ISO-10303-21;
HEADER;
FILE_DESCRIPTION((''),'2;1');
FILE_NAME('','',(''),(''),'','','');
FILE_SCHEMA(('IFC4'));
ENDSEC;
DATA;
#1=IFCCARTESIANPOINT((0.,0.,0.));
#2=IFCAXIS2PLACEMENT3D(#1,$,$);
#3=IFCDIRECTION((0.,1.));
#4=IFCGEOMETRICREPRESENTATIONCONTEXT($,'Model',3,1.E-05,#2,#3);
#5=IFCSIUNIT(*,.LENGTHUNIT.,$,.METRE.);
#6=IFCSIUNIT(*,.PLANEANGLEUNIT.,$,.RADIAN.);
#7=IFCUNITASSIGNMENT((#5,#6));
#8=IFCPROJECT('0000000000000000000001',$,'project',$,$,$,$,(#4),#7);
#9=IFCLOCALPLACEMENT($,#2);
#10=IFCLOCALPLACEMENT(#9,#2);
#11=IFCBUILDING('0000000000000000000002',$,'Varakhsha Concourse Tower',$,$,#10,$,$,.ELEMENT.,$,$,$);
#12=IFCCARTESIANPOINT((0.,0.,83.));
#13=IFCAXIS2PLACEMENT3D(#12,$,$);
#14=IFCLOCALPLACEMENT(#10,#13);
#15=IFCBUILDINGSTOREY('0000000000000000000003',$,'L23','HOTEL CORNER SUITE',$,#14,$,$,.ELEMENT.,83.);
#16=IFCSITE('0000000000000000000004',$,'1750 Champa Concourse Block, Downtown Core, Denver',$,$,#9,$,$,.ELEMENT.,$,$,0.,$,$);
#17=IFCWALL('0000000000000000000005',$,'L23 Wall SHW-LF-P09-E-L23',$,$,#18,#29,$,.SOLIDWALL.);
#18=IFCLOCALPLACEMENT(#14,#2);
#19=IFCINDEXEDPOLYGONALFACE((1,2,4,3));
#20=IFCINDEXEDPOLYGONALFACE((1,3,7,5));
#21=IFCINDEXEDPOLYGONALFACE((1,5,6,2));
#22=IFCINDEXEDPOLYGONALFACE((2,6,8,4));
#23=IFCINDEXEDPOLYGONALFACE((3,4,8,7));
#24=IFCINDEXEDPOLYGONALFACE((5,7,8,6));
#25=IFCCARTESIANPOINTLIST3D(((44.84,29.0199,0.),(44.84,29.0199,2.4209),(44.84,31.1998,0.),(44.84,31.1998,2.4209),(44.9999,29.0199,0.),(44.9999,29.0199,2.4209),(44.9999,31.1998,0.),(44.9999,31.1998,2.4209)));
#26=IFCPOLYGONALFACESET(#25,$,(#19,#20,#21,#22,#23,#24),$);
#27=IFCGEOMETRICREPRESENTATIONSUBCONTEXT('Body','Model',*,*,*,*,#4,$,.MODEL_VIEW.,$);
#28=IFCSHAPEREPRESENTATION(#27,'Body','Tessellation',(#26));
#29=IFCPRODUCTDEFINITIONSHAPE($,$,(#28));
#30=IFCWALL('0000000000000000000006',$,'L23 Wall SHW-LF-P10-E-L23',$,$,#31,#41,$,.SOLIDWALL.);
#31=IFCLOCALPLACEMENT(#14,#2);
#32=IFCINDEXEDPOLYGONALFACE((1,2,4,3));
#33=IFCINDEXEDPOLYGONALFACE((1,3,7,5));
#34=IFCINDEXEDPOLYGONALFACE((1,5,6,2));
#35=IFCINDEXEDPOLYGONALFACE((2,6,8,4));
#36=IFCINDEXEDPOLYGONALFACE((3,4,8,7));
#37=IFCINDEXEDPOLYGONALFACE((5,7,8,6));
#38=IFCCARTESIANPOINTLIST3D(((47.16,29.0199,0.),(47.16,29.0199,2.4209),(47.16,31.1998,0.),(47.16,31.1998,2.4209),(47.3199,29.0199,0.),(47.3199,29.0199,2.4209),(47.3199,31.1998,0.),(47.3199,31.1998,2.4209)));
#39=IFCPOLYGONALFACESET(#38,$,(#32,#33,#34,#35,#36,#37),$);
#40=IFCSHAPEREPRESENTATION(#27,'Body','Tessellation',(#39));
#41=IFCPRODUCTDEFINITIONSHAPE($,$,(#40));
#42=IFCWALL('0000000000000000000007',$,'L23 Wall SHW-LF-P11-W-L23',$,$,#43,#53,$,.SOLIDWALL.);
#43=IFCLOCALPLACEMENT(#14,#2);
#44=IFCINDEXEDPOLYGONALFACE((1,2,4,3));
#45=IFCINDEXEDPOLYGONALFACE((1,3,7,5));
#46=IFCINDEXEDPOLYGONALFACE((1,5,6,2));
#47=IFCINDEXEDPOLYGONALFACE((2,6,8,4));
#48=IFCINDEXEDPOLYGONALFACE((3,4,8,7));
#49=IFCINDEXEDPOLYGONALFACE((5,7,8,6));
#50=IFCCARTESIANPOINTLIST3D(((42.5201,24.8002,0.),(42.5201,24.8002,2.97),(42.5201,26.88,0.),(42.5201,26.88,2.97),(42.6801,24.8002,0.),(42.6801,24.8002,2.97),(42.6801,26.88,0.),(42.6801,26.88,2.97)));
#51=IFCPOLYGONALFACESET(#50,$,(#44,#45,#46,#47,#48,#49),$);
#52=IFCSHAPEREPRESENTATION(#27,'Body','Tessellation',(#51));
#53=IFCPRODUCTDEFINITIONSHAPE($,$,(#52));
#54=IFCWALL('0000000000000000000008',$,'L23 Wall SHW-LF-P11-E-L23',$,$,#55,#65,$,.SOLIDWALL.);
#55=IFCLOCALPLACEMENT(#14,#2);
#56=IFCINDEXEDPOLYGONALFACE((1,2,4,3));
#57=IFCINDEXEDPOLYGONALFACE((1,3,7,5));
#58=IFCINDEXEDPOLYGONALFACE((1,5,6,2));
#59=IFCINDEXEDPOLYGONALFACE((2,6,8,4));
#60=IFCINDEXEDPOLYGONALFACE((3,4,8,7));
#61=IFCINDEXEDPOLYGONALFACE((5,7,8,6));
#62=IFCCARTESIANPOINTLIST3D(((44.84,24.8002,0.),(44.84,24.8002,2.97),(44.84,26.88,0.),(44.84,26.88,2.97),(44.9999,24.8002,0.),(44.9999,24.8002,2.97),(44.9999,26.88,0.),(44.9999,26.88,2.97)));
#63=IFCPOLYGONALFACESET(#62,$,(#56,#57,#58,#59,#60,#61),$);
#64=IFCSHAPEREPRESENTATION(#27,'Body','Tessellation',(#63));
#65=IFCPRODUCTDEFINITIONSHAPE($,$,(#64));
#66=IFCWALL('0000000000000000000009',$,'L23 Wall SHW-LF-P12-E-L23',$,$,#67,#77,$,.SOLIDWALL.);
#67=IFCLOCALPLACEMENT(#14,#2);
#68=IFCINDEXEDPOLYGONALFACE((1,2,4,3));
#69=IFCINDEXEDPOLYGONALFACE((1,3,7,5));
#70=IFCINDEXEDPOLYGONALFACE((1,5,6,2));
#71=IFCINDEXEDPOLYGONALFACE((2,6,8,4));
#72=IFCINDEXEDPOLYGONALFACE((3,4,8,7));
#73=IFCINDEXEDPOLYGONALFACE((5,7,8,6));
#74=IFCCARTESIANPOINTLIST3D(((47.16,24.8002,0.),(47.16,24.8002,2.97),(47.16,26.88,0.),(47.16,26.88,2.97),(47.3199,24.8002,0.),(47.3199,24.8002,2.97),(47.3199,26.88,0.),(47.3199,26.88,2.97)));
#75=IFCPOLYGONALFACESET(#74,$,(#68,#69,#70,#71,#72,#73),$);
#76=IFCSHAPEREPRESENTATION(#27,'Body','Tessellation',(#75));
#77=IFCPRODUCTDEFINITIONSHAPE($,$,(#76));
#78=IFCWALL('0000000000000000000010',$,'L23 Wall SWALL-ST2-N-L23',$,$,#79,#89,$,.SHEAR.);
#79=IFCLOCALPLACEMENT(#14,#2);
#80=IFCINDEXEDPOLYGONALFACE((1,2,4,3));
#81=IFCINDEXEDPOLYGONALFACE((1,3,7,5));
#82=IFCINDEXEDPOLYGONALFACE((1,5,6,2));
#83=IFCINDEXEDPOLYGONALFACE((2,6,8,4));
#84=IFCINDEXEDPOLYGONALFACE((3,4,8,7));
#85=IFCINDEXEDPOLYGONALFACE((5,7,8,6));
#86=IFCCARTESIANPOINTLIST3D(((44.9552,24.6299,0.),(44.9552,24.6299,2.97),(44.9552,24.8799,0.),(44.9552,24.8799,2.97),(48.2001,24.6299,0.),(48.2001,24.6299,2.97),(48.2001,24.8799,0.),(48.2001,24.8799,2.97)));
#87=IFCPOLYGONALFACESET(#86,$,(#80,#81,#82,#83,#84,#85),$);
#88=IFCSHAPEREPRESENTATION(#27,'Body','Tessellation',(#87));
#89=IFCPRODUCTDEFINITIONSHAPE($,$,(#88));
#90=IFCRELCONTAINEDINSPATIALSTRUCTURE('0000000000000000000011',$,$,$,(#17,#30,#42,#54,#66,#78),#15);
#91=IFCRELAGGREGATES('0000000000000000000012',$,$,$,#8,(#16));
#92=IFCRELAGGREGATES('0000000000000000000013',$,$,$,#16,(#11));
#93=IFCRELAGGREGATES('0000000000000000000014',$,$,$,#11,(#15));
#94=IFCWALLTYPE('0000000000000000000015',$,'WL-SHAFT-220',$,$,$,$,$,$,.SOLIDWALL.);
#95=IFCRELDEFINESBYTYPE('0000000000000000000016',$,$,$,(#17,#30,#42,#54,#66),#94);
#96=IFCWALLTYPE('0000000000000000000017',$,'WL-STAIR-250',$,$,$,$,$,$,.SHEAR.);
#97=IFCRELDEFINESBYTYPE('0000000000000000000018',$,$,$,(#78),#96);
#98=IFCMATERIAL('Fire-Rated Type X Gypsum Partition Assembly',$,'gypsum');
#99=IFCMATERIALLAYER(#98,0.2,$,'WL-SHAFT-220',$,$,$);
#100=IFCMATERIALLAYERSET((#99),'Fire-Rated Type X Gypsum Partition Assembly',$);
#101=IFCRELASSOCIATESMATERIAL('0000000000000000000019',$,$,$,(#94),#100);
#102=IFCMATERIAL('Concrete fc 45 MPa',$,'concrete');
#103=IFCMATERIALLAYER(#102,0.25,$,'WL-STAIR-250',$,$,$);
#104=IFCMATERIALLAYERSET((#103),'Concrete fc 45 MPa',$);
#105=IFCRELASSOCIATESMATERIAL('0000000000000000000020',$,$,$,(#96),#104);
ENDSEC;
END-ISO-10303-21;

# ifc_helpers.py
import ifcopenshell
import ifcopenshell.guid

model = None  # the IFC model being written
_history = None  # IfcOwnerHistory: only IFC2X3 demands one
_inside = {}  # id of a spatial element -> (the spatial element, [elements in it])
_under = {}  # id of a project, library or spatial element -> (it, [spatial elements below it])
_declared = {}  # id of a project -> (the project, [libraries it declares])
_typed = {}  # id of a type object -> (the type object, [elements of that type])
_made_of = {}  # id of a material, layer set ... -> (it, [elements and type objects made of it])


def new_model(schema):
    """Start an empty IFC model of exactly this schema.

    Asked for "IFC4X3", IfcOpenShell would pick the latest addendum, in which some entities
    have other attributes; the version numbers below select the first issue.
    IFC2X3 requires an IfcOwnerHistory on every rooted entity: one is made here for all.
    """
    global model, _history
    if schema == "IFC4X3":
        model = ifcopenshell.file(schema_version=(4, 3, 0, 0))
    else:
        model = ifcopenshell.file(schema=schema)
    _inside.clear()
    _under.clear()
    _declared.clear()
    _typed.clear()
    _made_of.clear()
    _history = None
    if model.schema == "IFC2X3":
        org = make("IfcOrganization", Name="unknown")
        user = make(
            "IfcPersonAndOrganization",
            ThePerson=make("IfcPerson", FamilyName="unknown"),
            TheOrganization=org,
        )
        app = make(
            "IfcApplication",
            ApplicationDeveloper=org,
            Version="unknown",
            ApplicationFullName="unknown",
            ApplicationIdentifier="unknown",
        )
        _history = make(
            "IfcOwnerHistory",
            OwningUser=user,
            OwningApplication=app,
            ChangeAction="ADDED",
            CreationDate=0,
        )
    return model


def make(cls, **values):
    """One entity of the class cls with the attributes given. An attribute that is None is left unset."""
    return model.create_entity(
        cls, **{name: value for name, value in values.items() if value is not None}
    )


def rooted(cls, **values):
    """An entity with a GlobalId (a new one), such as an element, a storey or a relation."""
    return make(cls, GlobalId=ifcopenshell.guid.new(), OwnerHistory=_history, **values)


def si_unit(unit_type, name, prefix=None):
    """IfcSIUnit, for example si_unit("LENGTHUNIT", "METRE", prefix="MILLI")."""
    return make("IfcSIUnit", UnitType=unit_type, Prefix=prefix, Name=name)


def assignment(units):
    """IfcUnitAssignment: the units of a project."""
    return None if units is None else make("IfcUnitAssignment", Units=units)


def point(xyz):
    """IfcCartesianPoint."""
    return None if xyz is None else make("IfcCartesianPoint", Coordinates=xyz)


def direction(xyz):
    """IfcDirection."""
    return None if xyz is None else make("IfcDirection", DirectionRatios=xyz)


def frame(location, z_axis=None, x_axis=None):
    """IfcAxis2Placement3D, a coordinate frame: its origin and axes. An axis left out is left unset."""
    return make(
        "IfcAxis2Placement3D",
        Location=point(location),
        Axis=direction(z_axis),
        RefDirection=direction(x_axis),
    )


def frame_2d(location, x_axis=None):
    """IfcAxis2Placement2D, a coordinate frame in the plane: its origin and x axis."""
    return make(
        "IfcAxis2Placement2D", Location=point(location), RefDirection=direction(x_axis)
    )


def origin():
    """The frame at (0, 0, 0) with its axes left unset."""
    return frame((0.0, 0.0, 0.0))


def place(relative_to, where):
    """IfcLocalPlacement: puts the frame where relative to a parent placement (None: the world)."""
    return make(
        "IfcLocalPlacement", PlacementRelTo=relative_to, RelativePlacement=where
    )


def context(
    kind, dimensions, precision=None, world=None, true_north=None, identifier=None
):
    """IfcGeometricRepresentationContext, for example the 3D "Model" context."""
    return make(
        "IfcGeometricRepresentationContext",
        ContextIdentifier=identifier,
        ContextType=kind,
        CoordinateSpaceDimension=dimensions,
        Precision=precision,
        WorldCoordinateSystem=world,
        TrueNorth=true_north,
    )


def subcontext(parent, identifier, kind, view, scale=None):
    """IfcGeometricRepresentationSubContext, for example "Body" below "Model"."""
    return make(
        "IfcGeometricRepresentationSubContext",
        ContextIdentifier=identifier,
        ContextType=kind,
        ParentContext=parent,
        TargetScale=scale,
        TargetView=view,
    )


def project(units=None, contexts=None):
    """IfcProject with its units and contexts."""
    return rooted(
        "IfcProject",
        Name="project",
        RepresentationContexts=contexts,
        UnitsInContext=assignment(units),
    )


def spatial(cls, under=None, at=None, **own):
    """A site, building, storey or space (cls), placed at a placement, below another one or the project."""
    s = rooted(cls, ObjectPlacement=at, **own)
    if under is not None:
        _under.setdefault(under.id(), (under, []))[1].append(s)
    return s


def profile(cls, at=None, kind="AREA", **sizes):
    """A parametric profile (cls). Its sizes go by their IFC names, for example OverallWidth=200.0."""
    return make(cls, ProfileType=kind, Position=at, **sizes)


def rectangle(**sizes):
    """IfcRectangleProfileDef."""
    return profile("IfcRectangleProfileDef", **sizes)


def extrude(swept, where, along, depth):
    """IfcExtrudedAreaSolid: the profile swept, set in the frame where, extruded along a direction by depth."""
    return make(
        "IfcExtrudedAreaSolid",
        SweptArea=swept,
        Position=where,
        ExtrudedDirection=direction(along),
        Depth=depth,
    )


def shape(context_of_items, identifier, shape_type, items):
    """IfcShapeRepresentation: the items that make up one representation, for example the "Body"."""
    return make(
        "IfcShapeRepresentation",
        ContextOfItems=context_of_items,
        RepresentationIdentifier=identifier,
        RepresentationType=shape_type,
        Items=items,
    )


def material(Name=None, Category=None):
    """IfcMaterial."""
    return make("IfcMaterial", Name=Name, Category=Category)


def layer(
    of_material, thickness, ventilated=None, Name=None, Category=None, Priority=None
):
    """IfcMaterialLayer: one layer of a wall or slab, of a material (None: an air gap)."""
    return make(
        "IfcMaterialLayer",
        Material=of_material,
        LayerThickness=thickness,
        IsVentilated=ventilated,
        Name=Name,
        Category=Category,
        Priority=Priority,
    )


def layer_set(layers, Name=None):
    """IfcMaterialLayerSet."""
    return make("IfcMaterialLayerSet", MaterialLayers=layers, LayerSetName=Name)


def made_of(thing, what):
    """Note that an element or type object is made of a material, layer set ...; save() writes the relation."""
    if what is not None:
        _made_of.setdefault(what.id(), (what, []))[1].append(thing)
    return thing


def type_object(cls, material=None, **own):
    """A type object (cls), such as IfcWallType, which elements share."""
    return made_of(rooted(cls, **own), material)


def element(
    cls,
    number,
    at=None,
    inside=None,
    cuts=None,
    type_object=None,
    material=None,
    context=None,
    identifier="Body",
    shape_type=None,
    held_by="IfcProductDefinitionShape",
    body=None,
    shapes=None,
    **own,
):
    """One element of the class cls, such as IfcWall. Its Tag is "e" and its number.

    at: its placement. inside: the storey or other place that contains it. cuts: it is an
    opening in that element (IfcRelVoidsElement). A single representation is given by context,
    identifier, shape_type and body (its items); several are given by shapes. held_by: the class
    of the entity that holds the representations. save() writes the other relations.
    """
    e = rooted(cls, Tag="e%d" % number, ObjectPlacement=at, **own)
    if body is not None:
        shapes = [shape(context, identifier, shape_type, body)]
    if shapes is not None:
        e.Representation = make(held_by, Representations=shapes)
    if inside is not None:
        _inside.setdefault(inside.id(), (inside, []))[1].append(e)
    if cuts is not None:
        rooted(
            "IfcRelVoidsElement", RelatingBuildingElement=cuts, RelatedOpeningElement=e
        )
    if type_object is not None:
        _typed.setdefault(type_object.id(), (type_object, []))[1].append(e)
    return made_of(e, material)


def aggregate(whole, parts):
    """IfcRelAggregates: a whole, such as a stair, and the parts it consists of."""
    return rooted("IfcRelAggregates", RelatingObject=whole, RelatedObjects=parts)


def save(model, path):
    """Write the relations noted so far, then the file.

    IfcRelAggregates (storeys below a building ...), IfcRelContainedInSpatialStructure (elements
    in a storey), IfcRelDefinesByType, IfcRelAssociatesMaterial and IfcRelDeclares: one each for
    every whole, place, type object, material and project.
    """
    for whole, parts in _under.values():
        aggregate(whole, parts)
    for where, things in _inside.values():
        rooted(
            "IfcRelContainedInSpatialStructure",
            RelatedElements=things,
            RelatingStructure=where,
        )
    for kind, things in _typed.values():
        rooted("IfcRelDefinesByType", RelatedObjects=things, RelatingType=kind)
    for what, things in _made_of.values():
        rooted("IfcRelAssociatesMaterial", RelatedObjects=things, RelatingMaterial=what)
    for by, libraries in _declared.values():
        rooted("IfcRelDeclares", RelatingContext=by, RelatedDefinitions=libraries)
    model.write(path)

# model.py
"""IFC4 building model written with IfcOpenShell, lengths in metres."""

from ifc_helpers import new_model, si_unit, direction, frame, frame_2d, origin, place, context, subcontext, project, spatial, rectangle, extrude, material, layer, layer_set, type_object, element, save


model = new_model("IFC4")

# Units and contexts
model_context = context("Model", 3, precision=1e-05, world=origin(), true_north=direction((0.0, 1.0)))
body_context = subcontext(model_context, "Body", "Model", "MODEL_VIEW")
ifc_project = project(units=[si_unit("LENGTHUNIT", "METRE"), si_unit("PLANEANGLEUNIT", "RADIAN")], contexts=[model_context])

# Site, building, storey
site_placement = place(None, origin())
site = spatial("IfcSite", under=ifc_project, at=site_placement, Name="1750 Champa Concourse Block, Downtown Core, Denver", CompositionType="ELEMENT", RefElevation=0.0)
building_placement = place(site_placement, origin())
building = spatial("IfcBuilding", under=site, at=building_placement, Name="Varakhsha Concourse Tower", CompositionType="ELEMENT")
storey_placement = place(building_placement, frame((0.0, 0.0, 83.0)))
storey = spatial("IfcBuildingStorey", under=building, at=storey_placement, Name="L23", Description="HOTEL CORNER SUITE", CompositionType="ELEMENT", Elevation=83.0)

# Walls
ifc_material_1 = material(Name="Fire-Rated Type X Gypsum Partition Assembly", Category="gypsum")
ifc_layer_1 = layer(ifc_material_1, 0.2, Name="WL-SHAFT-220")
ifc_layer_set_1 = layer_set([ifc_layer_1], Name="Fire-Rated Type X Gypsum Partition Assembly")
wall_type_1 = type_object("IfcWallType", Name="WL-SHAFT-220", PredefinedType="SOLIDWALL", material=ifc_layer_set_1)
for number, where, z_axis, x_axis, name in (
    (1, (44.9199, 29.02, 0.0), (0.0, 0.0, 1.0), (0.0, 1.0, 0.0), "L23 Wall SHW-LF-P09-E-L23"),
    (2, (47.24, 29.02, 0.0), (0.0, 0.0, 1.0), (0.0, 1.0, 0.0), "L23 Wall SHW-LF-P10-E-L23"),
):
    element("IfcWall", number, at=place(storey_placement, frame(where, z_axis=z_axis, x_axis=x_axis)), inside=storey, type_object=wall_type_1, Name=name, PredefinedType="SOLIDWALL", context=body_context, shape_type="SweptSolid", body=[
        extrude(rectangle(XDim=2.1799, YDim=0.1599, at=frame_2d((1.0898, 0.0))), origin(), (0.0, 0.0, 1.0), 2.4209),
    ])
for number, where, z_axis, x_axis, name in (
    (3, (42.6001, 24.8, 0.0), (0.0, 0.0, 1.0), (0.0, 1.0, 0.0), "L23 Wall SHW-LF-P11-W-L23"),
    (4, (44.9199, 24.8, 0.0), (0.0, 0.0, 1.0), (0.0, 1.0, 0.0), "L23 Wall SHW-LF-P11-E-L23"),
    (5, (47.24, 24.8, 0.0), (0.0, 0.0, 1.0), (0.0, 1.0, 0.0), "L23 Wall SHW-LF-P12-E-L23"),
):
    element("IfcWall", number, at=place(storey_placement, frame(where, z_axis=z_axis, x_axis=x_axis)), inside=storey, type_object=wall_type_1, Name=name, PredefinedType="SOLIDWALL", context=body_context, shape_type="SweptSolid", body=[
        extrude(rectangle(XDim=2.0798, YDim=0.1599, at=frame_2d((1.04, 0.0))), origin(), (0.0, 0.0, 1.0), 2.97),
    ])
ifc_material_2 = material(Name="Concrete fc 45 MPa", Category="concrete")
ifc_layer_2 = layer(ifc_material_2, 0.25, Name="WL-STAIR-250")
ifc_layer_set_2 = layer_set([ifc_layer_2], Name="Concrete fc 45 MPa")
wall_type_2 = type_object("IfcWallType", Name="WL-STAIR-250", PredefinedType="SHEAR", material=ifc_layer_set_2)
wall_1_placement = place(storey_placement, frame((44.9551, 24.7549, 0.0), z_axis=(0.0, 0.0, 1.0), x_axis=(1.0, 0.0, 0.0)))
element("IfcWall", 6, at=wall_1_placement, inside=storey, type_object=wall_type_2, Name="L23 Wall SWALL-ST2-N-L23", PredefinedType="SHEAR", context=body_context, shape_type="SweptSolid", body=[
    extrude(rectangle(XDim=3.2449, YDim=0.25, at=frame_2d((1.6226, 0.0))), origin(), (0.0, 0.0, 1.0), 2.97),
])

save(model, "model.ifc")
